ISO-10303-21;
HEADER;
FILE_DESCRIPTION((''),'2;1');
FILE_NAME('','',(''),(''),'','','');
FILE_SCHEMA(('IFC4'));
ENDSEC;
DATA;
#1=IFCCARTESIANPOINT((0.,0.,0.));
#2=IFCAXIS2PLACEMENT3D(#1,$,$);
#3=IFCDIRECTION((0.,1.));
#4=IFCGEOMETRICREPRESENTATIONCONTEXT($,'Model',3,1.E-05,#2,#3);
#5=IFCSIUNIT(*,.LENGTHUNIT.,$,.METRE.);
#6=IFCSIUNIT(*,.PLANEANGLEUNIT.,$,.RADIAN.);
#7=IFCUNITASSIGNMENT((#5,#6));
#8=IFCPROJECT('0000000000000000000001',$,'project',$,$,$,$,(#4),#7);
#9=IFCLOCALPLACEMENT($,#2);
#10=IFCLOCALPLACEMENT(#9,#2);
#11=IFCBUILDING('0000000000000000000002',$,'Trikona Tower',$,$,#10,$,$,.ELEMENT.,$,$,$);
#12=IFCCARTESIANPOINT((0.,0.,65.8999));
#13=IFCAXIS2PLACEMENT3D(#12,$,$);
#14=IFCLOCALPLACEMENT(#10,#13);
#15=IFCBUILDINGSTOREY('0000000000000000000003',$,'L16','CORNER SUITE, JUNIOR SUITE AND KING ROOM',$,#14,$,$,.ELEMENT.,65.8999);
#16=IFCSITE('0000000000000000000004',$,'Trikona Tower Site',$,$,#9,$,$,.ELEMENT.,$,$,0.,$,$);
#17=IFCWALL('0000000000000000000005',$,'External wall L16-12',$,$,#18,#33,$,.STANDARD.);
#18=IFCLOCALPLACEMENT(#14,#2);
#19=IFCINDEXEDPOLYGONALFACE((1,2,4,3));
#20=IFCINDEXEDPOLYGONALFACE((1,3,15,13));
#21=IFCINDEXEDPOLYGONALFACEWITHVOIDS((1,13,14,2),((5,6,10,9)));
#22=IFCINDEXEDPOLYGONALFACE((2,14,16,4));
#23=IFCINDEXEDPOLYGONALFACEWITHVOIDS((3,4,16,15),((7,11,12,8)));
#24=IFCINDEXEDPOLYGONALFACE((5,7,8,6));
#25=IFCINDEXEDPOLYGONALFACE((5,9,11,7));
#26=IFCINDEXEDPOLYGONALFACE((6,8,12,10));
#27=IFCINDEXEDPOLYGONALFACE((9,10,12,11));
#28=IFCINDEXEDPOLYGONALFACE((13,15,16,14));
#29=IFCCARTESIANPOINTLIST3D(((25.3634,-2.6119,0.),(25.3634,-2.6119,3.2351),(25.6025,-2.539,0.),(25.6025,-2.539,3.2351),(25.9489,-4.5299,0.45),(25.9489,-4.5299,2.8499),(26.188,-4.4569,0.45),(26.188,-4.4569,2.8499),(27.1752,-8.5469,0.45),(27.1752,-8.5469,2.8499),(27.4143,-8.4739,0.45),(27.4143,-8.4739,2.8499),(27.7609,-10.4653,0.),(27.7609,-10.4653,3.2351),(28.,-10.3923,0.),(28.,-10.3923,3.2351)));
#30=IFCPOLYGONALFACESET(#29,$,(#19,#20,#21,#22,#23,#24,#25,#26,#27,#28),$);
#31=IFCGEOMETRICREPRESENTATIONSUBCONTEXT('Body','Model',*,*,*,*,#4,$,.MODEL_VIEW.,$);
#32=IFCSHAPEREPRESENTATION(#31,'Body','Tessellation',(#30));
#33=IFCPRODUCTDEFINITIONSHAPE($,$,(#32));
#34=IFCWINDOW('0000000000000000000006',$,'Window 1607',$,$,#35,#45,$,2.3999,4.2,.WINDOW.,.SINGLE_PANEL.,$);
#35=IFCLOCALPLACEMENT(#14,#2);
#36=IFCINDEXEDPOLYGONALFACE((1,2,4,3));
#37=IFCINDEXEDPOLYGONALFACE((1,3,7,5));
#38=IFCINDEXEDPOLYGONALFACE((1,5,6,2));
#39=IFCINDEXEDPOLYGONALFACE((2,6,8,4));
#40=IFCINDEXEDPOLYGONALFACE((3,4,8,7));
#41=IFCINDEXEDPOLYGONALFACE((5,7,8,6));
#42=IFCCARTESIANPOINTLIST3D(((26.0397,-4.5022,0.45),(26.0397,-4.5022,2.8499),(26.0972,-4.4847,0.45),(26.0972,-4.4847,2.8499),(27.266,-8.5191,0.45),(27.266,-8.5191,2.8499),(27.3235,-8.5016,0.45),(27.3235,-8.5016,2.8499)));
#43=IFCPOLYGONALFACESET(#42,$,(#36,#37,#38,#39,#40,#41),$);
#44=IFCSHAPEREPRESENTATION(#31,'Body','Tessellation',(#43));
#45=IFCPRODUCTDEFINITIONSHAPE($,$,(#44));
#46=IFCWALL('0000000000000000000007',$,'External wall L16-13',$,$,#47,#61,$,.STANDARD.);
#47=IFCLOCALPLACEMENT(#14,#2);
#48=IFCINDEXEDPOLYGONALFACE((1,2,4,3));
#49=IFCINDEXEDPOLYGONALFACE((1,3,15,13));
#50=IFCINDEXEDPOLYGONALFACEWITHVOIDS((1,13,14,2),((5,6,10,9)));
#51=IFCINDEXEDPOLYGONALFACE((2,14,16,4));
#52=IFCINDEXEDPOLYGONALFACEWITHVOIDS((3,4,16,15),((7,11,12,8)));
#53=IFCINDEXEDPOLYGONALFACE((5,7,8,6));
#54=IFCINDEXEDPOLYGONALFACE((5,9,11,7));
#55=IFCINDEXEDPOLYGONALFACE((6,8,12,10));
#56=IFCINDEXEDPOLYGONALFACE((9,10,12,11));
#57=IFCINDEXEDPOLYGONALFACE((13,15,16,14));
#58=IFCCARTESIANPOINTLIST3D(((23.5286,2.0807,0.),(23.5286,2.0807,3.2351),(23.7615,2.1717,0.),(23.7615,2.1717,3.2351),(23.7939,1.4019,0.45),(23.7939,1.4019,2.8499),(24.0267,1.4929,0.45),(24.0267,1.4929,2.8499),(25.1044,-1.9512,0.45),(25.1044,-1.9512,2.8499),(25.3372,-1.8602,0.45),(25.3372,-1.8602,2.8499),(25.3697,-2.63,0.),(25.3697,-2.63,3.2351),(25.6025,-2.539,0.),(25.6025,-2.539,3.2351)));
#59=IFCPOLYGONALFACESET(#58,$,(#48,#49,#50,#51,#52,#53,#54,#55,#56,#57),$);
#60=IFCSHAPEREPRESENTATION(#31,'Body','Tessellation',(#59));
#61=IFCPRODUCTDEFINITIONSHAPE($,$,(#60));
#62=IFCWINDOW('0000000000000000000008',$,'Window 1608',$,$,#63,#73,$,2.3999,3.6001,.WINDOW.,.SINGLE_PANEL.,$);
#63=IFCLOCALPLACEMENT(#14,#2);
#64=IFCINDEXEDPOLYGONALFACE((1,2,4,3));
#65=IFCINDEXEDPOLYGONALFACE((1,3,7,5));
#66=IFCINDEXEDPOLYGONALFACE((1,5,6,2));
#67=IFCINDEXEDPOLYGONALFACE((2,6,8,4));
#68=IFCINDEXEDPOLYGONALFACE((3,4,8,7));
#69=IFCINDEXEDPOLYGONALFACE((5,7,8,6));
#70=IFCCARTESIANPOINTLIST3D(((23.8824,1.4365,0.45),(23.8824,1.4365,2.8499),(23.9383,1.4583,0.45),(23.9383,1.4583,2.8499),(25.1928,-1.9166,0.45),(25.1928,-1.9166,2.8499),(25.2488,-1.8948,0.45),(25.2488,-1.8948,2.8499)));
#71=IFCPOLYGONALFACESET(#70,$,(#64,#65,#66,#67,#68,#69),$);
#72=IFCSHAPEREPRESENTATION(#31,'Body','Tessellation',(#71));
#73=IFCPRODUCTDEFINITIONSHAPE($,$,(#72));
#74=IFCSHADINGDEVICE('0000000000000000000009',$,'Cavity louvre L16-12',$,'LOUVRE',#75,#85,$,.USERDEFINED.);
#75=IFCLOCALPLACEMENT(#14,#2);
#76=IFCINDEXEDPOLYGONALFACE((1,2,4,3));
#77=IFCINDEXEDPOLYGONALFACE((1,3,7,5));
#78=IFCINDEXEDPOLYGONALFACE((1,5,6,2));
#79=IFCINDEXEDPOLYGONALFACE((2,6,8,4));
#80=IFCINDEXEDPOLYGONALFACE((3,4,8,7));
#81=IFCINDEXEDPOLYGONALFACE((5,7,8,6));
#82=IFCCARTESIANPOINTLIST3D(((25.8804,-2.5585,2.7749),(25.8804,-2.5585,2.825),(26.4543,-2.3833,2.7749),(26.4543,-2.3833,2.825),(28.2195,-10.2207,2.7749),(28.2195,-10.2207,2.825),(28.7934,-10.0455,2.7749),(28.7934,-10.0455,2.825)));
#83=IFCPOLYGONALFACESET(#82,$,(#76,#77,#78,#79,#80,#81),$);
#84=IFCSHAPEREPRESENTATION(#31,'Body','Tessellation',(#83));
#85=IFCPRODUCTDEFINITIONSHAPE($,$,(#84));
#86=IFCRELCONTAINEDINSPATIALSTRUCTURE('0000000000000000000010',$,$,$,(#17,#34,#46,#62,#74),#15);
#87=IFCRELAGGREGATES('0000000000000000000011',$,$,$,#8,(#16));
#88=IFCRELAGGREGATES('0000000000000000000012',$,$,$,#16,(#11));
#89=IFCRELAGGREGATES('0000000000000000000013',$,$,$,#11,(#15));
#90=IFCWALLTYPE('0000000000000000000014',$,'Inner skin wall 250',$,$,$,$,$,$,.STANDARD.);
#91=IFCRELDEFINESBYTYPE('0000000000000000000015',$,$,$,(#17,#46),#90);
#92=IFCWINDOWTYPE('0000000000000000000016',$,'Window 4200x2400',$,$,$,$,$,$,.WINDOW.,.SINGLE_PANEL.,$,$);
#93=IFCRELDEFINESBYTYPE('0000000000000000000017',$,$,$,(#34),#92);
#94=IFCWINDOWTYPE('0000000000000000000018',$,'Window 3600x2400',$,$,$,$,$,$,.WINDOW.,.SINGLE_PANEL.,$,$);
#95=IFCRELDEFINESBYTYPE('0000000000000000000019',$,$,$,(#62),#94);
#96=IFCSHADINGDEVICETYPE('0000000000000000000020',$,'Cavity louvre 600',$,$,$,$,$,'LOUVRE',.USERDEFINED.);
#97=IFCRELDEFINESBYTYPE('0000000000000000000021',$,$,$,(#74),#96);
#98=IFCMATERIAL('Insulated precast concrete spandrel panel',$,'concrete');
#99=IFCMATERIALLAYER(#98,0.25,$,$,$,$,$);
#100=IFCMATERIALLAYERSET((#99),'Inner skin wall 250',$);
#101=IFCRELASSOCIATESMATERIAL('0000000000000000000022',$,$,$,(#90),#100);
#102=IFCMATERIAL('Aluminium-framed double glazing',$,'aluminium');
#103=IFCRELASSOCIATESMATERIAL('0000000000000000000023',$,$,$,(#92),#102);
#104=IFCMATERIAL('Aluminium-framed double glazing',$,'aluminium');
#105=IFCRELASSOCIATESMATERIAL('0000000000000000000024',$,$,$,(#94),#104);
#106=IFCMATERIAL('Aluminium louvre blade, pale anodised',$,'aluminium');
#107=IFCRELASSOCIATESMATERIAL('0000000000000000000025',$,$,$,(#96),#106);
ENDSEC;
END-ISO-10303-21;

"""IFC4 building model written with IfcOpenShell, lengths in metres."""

from ifc_helpers import new_model, si_unit, direction, frame, frame_2d, origin, origin_2d, place, context, subcontext, project, spatial, rectangle, extrude, material, layer, layer_set, type_object, element, fill, save


model = new_model("IFC4")

# Units and contexts
model_context = context("Model", 3, precision=1e-05, world=origin(), true_north=direction((0.0, 1.0)))
body_context = subcontext(model_context, "Body", "Model", "MODEL_VIEW")
ifc_project = project(units=[si_unit("LENGTHUNIT", "METRE"), si_unit("PLANEANGLEUNIT", "RADIAN")], contexts=[model_context])

# Site, building, storey
site_placement = place(None, origin())
site = spatial("IfcSite", under=ifc_project, at=site_placement, Name="Trikona Tower Site", CompositionType="ELEMENT", RefElevation=0.0)
building_placement = place(site_placement, origin())
building = spatial("IfcBuilding", under=site, at=building_placement, Name="Trikona Tower", CompositionType="ELEMENT")
storey_placement = place(building_placement, frame((0.0, 0.0, 65.8999)))
storey = spatial("IfcBuildingStorey", under=building, at=storey_placement, Name="L16", Description="CORNER SUITE, JUNIOR SUITE AND KING ROOM", CompositionType="ELEMENT", Elevation=65.8999)

# Walls, openings, windows
ifc_material_1 = material(Name="Insulated precast concrete spandrel panel", Category="concrete")
ifc_layer_1 = layer(ifc_material_1, 0.25)
ifc_layer_set_1 = layer_set([ifc_layer_1], Name="Inner skin wall 250")
wall_type = type_object("IfcWallType", Name="Inner skin wall 250", PredefinedType="STANDARD", material=ifc_layer_set_1)
wall_1_placement = place(storey_placement, frame((27.8804, -10.4287, 0.0), z_axis=(0.0, 0.0, 1.0), x_axis=(-0.291979, 0.956425, 0.0)))
wall_1 = element("IfcWall", 1, at=wall_1_placement, inside=storey, type_object=wall_type, Name="External wall L16-12", PredefinedType="STANDARD", context=body_context, shape_type="SweptSolid", body=[
    extrude(rectangle(XDim=8.2112, YDim=0.25, at=frame_2d((4.1055, 0.0))), origin(), (0.0, 0.0, 1.0), 3.2351),
])
opening_1_placement = place(wall_1_placement, frame((2.0056, 0.0, 0.45)))
opening_1 = element("IfcOpeningElement", 2, at=opening_1_placement, cuts=wall_1, PredefinedType="OPENING", context=body_context, shape_type="SweptSolid", body=[
    extrude(rectangle(XDim=4.2, YDim=2.3999, at=frame_2d((2.1001, 1.2))), frame((0.0, 0.135, 0.0), z_axis=(0.0, -1.0, 0.0), x_axis=(1.0, 0.0, 0.0)), (0.0, 0.0, 1.0), 0.27),
])
ifc_material_2 = material(Name="Aluminium-framed double glazing", Category="aluminium")
window_type_1 = type_object("IfcWindowType", Name="Window 4200x2400", PartitioningType="SINGLE_PANEL", PredefinedType="WINDOW", material=ifc_material_2)
window_1_placement = place(opening_1_placement, origin())
window_1 = element("IfcWindow", 3, at=window_1_placement, inside=storey, type_object=window_type_1, Name="Window 1607", OverallHeight=2.3999, OverallWidth=4.2, PartitioningType="SINGLE_PANEL", PredefinedType="WINDOW", context=body_context, shape_type="SweptSolid", body=[
    extrude(rectangle(XDim=4.2, YDim=2.3999, at=frame_2d((2.1001, 1.2))), frame((0.0, 0.03, 0.0), z_axis=(0.0, -1.0, 0.0), x_axis=(1.0, 0.0, 0.0)), (0.0, 0.0, 1.0), 0.0601),
])
fill(opening_1, window_1)
wall_2_placement = place(storey_placement, frame((25.4861, -2.5845, 0.0), z_axis=(0.0, 0.0, 1.0), x_axis=(-0.364013, 0.931394, 0.0)))
wall_2 = element("IfcWall", 4, at=wall_2_placement, inside=storey, type_object=wall_type, Name="External wall L16-13", PredefinedType="STANDARD", context=body_context, shape_type="SweptSolid", body=[
    extrude(rectangle(XDim=5.0576, YDim=0.25, at=frame_2d((2.5288, 0.0))), origin(), (0.0, 0.0, 1.0), 3.2351),
])
opening_2_placement = place(wall_2_placement, frame((0.7288, 0.0, 0.45)))
opening_2 = element("IfcOpeningElement", 5, at=opening_2_placement, cuts=wall_2, PredefinedType="OPENING", context=body_context, shape_type="SweptSolid", body=[
    extrude(rectangle(XDim=3.6001, YDim=2.3999, at=frame_2d((1.8, 1.2))), frame((0.0, 0.135, 0.0), z_axis=(0.0, -1.0, 0.0), x_axis=(1.0, 0.0, 0.0)), (0.0, 0.0, 1.0), 0.27),
])
ifc_material_3 = material(Name="Aluminium-framed double glazing", Category="aluminium")
window_type_2 = type_object("IfcWindowType", Name="Window 3600x2400", PartitioningType="SINGLE_PANEL", PredefinedType="WINDOW", material=ifc_material_3)
window_2_placement = place(opening_2_placement, origin())
window_2 = element("IfcWindow", 6, at=window_2_placement, inside=storey, type_object=window_type_2, Name="Window 1608", OverallHeight=2.3999, OverallWidth=3.6001, PartitioningType="SINGLE_PANEL", PredefinedType="WINDOW", context=body_context, shape_type="SweptSolid", body=[
    extrude(rectangle(XDim=3.6001, YDim=2.3999, at=frame_2d((1.8, 1.2))), frame((0.0, 0.03, 0.0), z_axis=(0.0, -1.0, 0.0), x_axis=(1.0, 0.0, 0.0)), (0.0, 0.0, 1.0), 0.0601),
])
fill(opening_2, window_2)

# Shading device
ifc_material_4 = material(Name="Aluminium louvre blade, pale anodised", Category="aluminium")
shading_device_type = type_object("IfcShadingDeviceType", Name="Cavity louvre 600", ElementType="LOUVRE", PredefinedType="USERDEFINED", material=ifc_material_4)
shading_device_placement = place(storey_placement, frame((27.3369, -6.302, 2.7749), z_axis=(0.0, 0.0, 1.0), x_axis=(-0.291979, 0.956425, 0.0)))
element("IfcShadingDevice", 7, at=shading_device_placement, inside=storey, type_object=shading_device_type, Name="Cavity louvre L16-12", ObjectType="LOUVRE", PredefinedType="USERDEFINED", context=body_context, shape_type="SweptSolid", body=[
    extrude(rectangle(XDim=8.0112, YDim=0.6001, at=origin_2d()), origin(), (0.0, 0.0, 1.0), 0.05),
])

save(model, "model.ifc")
